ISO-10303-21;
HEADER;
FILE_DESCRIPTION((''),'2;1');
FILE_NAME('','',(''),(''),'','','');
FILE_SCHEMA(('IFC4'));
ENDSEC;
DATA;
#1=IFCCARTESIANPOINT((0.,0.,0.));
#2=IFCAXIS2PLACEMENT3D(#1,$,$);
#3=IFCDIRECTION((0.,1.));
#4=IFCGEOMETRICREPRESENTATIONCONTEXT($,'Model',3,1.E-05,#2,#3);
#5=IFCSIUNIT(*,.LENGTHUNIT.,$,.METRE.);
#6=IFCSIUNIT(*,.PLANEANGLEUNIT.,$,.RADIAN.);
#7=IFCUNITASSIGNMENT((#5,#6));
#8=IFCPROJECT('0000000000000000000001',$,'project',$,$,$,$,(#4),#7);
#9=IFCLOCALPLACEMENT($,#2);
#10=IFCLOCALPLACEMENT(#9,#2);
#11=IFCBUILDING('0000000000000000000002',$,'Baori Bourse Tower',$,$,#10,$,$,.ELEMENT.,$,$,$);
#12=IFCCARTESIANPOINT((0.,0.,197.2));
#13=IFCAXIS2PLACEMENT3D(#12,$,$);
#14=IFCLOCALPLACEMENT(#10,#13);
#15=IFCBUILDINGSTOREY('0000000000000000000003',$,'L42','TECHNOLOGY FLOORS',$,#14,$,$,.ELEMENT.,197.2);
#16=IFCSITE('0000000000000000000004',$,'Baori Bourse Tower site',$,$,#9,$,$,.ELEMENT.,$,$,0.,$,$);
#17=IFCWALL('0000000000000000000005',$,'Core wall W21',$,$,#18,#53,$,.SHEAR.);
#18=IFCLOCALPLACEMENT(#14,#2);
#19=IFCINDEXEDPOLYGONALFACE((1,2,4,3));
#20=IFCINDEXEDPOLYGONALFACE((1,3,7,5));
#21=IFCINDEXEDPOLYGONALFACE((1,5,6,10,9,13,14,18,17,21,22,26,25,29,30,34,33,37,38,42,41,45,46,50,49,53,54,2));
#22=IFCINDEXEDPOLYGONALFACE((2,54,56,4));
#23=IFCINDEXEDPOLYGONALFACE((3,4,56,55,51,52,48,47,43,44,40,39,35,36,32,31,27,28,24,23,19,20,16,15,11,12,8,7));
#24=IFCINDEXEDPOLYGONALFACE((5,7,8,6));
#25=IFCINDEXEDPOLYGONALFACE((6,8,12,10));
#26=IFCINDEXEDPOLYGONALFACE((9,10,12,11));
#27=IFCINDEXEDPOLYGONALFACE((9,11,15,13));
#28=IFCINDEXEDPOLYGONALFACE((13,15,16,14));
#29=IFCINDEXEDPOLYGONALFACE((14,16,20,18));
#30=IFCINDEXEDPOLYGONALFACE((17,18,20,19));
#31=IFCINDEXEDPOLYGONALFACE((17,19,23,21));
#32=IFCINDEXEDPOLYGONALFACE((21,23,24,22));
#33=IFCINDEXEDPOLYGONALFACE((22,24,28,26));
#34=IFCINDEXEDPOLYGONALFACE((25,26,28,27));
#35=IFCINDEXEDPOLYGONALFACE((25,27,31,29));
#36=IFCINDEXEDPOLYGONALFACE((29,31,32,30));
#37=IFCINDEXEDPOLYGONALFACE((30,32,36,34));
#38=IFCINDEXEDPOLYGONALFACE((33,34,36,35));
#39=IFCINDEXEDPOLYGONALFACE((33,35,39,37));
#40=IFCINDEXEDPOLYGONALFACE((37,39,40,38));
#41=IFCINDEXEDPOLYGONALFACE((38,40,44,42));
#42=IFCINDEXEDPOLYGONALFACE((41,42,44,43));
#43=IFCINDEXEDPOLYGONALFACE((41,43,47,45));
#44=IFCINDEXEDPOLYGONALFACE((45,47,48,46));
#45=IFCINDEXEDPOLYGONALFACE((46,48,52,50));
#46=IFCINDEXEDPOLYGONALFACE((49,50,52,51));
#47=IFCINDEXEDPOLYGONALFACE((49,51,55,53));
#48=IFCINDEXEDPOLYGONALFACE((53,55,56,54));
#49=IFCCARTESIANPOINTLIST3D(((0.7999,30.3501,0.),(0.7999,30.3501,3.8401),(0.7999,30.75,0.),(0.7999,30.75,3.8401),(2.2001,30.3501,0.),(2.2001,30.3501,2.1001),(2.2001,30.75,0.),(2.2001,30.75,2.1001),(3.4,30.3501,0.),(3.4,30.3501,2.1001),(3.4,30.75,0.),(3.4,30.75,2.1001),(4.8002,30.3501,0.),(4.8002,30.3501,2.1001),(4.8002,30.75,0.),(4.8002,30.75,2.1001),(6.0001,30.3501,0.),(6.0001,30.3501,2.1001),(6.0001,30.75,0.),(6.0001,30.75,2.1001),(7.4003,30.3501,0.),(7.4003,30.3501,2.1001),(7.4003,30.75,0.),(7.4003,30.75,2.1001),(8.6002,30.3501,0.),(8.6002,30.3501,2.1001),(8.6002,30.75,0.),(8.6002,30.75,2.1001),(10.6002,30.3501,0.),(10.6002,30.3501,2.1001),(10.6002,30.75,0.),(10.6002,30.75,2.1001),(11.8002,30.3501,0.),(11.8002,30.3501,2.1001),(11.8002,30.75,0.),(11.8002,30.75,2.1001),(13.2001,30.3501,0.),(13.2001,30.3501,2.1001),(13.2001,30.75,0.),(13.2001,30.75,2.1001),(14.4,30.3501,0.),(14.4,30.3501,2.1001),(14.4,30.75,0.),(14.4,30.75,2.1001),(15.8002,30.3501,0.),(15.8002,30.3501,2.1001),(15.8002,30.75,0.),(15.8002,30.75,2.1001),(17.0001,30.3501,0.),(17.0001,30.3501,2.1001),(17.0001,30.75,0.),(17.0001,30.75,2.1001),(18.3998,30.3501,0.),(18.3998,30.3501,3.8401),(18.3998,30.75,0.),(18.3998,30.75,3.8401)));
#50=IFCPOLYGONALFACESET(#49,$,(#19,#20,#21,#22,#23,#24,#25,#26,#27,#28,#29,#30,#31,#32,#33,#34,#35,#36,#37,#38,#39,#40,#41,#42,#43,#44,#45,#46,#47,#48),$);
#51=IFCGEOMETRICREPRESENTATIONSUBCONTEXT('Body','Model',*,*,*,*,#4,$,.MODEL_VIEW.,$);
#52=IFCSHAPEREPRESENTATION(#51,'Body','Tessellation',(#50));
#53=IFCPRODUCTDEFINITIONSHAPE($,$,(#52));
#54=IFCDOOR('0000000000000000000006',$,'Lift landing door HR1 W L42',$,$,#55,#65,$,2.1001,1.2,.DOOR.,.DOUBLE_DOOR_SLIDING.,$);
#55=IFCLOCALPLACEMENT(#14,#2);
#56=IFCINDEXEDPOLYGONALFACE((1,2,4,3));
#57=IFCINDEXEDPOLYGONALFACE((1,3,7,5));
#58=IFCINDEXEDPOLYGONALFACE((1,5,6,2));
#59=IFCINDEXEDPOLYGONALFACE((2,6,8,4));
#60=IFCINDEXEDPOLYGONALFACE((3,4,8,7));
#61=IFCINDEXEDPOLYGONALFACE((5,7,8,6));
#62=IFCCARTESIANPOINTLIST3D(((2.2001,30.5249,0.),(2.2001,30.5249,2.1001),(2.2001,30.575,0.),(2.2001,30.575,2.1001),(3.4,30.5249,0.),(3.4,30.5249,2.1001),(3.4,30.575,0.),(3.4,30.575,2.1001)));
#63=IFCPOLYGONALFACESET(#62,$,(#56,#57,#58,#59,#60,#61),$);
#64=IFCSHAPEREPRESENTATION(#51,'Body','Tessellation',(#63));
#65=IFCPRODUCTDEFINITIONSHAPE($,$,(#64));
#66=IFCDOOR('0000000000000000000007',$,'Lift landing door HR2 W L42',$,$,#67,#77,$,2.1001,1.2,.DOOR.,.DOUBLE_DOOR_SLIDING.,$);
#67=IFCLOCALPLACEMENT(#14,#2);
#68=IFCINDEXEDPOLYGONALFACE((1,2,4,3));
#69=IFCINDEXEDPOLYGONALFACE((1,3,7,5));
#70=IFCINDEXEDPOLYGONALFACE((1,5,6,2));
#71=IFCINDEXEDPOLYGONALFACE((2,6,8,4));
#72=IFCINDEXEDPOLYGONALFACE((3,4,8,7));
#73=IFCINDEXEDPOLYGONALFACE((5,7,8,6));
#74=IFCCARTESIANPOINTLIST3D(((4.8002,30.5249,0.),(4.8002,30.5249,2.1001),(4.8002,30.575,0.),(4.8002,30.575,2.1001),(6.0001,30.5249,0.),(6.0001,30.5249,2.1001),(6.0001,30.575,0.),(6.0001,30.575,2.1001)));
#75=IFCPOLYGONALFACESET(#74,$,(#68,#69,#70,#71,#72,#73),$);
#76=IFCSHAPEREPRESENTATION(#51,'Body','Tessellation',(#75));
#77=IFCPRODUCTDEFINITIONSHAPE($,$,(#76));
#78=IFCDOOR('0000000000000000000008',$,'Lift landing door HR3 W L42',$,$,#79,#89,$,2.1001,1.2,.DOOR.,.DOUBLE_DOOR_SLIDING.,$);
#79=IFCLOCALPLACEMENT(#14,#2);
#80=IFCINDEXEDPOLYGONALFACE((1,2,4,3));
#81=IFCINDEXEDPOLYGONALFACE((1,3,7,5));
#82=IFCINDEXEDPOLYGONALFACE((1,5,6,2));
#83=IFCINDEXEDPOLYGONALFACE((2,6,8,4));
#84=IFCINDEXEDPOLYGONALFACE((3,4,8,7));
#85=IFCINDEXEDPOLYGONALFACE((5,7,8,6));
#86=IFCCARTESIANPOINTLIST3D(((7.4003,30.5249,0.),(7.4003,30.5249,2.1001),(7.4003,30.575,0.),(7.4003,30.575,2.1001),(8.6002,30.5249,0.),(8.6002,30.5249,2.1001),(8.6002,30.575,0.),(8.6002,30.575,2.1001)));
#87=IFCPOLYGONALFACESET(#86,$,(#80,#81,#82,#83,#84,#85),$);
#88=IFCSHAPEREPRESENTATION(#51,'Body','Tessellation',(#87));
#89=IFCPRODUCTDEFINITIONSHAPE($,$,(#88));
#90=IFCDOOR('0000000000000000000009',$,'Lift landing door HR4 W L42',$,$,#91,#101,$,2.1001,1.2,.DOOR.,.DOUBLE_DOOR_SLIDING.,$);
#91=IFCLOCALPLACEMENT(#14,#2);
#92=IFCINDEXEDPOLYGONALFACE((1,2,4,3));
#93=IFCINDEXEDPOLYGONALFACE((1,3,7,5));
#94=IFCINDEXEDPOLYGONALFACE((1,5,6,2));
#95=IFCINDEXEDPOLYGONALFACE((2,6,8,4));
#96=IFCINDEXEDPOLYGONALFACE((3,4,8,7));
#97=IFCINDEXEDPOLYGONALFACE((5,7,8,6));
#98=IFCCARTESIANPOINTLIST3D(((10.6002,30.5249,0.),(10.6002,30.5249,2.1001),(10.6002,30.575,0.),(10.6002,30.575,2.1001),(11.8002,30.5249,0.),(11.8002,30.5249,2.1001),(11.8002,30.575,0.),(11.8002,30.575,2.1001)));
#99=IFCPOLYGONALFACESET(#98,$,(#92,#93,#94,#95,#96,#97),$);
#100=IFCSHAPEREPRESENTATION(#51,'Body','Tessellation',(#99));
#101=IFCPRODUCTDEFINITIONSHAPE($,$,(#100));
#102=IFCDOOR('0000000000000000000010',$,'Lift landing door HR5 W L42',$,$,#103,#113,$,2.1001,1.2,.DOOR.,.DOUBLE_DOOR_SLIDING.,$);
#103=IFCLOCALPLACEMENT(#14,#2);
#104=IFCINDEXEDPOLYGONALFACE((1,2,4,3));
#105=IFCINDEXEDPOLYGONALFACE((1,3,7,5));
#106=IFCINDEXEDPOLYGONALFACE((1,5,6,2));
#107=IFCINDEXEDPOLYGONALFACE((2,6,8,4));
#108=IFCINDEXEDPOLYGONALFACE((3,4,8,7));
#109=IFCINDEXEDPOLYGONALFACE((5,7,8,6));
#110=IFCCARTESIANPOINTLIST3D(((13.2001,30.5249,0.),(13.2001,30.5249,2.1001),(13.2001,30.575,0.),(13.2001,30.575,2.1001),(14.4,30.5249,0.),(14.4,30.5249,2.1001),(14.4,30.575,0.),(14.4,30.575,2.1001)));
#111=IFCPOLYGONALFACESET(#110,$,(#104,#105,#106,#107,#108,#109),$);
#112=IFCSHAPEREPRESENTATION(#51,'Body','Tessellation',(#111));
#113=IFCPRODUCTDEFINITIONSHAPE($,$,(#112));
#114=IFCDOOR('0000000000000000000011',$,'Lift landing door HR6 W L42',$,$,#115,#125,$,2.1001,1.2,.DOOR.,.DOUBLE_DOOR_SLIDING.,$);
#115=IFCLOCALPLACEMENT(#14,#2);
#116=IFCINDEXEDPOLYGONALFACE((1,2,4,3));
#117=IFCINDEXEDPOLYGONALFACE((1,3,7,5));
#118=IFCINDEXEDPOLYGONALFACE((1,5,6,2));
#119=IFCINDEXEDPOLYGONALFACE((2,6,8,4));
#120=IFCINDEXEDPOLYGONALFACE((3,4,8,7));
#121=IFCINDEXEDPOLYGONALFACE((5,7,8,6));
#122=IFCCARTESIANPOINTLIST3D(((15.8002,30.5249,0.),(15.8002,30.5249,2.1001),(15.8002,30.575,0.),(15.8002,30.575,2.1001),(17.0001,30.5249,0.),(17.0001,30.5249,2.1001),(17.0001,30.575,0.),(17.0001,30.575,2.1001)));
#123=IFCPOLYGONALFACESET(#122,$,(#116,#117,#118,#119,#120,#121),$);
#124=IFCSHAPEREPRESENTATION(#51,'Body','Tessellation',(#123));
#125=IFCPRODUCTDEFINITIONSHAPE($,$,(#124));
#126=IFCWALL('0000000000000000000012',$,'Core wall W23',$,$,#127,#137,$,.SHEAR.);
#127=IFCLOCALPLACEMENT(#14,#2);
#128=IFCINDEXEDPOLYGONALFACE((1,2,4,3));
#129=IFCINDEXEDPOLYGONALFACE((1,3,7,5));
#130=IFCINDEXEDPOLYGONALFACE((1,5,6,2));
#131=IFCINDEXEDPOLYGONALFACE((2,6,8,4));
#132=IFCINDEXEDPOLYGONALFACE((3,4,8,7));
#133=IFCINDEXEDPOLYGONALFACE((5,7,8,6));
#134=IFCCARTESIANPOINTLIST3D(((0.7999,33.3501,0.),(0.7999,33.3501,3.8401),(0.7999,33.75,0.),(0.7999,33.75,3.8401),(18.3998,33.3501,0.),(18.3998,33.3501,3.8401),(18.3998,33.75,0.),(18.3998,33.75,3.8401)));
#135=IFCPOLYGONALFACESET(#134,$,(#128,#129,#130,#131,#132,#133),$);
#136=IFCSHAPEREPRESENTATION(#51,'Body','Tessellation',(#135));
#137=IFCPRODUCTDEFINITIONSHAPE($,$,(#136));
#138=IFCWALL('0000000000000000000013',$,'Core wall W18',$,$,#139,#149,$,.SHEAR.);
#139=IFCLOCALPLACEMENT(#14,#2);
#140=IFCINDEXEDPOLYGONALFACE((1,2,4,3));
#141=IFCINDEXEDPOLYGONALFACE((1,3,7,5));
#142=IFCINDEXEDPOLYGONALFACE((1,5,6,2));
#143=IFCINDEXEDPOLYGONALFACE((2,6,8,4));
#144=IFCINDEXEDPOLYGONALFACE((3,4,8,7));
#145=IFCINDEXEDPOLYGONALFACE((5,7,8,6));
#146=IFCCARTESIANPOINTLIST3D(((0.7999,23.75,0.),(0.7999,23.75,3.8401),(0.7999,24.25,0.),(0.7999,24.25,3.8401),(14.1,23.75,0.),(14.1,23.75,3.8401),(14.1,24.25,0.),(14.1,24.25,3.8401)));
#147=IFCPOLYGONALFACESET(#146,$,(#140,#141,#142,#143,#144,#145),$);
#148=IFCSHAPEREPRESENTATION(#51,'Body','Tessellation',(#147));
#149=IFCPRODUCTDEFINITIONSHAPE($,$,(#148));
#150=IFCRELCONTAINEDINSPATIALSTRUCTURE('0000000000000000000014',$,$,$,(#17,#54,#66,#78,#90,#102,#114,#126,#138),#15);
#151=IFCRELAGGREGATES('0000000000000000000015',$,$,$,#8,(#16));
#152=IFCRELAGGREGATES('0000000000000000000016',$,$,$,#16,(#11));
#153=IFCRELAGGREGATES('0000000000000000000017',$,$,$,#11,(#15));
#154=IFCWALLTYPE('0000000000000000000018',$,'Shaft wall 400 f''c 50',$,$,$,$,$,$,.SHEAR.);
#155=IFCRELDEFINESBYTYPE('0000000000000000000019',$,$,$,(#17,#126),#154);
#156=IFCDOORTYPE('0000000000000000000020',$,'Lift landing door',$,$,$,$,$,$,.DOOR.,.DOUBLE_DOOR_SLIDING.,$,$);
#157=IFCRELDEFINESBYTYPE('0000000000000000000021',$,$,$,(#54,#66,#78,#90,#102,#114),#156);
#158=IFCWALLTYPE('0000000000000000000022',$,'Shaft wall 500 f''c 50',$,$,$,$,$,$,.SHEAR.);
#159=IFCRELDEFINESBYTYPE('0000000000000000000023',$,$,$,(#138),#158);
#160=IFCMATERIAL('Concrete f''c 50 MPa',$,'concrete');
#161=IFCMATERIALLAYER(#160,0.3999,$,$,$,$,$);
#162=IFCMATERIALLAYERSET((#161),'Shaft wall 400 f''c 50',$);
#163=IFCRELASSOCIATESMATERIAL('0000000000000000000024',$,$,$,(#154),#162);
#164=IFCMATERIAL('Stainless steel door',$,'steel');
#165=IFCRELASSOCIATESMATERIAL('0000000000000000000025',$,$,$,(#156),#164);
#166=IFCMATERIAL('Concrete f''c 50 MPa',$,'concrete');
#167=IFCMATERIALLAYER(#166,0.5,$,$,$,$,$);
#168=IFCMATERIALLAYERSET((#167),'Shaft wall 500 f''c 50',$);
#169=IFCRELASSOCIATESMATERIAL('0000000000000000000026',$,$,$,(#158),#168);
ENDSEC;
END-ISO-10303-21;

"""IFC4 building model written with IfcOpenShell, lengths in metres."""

from ifc_helpers import new_model, si_unit, direction, frame, frame_2d, origin, place, context, subcontext, project, spatial, rectangle, extrude, material, layer, layer_set, type_object, element, fill, save


model = new_model("IFC4")

# Units and contexts
model_context = context("Model", 3, precision=1e-05, world=origin(), true_north=direction((0.0, 1.0)))
body_context = subcontext(model_context, "Body", "Model", "MODEL_VIEW")
ifc_project = project(units=[si_unit("LENGTHUNIT", "METRE"), si_unit("PLANEANGLEUNIT", "RADIAN")], contexts=[model_context])

# Site, building, storey
site_placement = place(None, origin())
site = spatial("IfcSite", under=ifc_project, at=site_placement, Name="Baori Bourse Tower site", CompositionType="ELEMENT", RefElevation=0.0)
building_placement = place(site_placement, origin())
building = spatial("IfcBuilding", under=site, at=building_placement, Name="Baori Bourse Tower", CompositionType="ELEMENT")
storey_placement = place(building_placement, frame((0.0, 0.0, 197.2)))
storey = spatial("IfcBuildingStorey", under=building, at=storey_placement, Name="L42", Description="TECHNOLOGY FLOORS", CompositionType="ELEMENT", Elevation=197.2)

# Wall, openings, doors
ifc_material_1 = material(Name="Concrete f'c 50 MPa", Category="concrete")
ifc_layer_1 = layer(ifc_material_1, 0.3999)
ifc_layer_set_1 = layer_set([ifc_layer_1], Name="Shaft wall 400 f'c 50")
wall_type_1 = type_object("IfcWallType", Name="Shaft wall 400 f'c 50", PredefinedType="SHEAR", material=ifc_layer_set_1)
ifc_material_2 = material(Name="Stainless steel door", Category="steel")
door_type_1 = type_object("IfcDoorType", Name="Lift landing door", OperationType="DOUBLE_DOOR_SLIDING", PredefinedType="DOOR", material=ifc_material_2)
wall_1_placement = place(storey_placement, frame((0.8, 30.55, 0.0), z_axis=(0.0, 0.0, 1.0), x_axis=(1.0, 0.0, 0.0)))
wall_1 = element("IfcWall", 1, at=wall_1_placement, inside=storey, type_object=wall_type_1, Name="Core wall W21", PredefinedType="SHEAR", context=body_context, shape_type="SweptSolid", body=[
    extrude(rectangle(XDim=17.5999, YDim=0.3999, at=frame_2d((8.7998, 0.0))), origin(), (0.0, 0.0, 1.0), 3.8401),
])
opening_1_placement = place(wall_1_placement, frame((1.3999, 0.0, 0.0)))
opening_1 = element("IfcOpeningElement", 2, at=opening_1_placement, cuts=wall_1, PredefinedType="OPENING", context=body_context, shape_type="SweptSolid", body=[
    extrude(rectangle(XDim=1.2, YDim=2.1001, at=frame_2d((0.6001, 1.05))), frame((0.0, 0.21, 0.0), z_axis=(0.0, -1.0, 0.0), x_axis=(1.0, 0.0, 0.0)), (0.0, 0.0, 1.0), 0.4199),
])
opening_2_placement = place(wall_1_placement, frame((4.0, 0.0, 0.0)))
opening_2 = element("IfcOpeningElement", 3, at=opening_2_placement, cuts=wall_1, PredefinedType="OPENING", context=body_context, shape_type="SweptSolid", body=[
    extrude(rectangle(XDim=1.2, YDim=2.1001, at=frame_2d((0.6001, 1.05))), frame((0.0, 0.21, 0.0), z_axis=(0.0, -1.0, 0.0), x_axis=(1.0, 0.0, 0.0)), (0.0, 0.0, 1.0), 0.4199),
])
opening_3_placement = place(wall_1_placement, frame((6.6001, 0.0, 0.0)))
opening_3 = element("IfcOpeningElement", 4, at=opening_3_placement, cuts=wall_1, PredefinedType="OPENING", context=body_context, shape_type="SweptSolid", body=[
    extrude(rectangle(XDim=1.2, YDim=2.1001, at=frame_2d((0.6001, 1.05))), frame((0.0, 0.21, 0.0), z_axis=(0.0, -1.0, 0.0), x_axis=(1.0, 0.0, 0.0)), (0.0, 0.0, 1.0), 0.4199),
])
opening_4_placement = place(wall_1_placement, frame((9.8, 0.0, 0.0)))
opening_4 = element("IfcOpeningElement", 5, at=opening_4_placement, cuts=wall_1, PredefinedType="OPENING", context=body_context, shape_type="SweptSolid", body=[
    extrude(rectangle(XDim=1.2, YDim=2.1001, at=frame_2d((0.6001, 1.05))), frame((0.0, 0.21, 0.0), z_axis=(0.0, -1.0, 0.0), x_axis=(1.0, 0.0, 0.0)), (0.0, 0.0, 1.0), 0.4199),
])
opening_5_placement = place(wall_1_placement, frame((12.3999, 0.0, 0.0)))
opening_5 = element("IfcOpeningElement", 6, at=opening_5_placement, cuts=wall_1, PredefinedType="OPENING", context=body_context, shape_type="SweptSolid", body=[
    extrude(rectangle(XDim=1.2, YDim=2.1001, at=frame_2d((0.6001, 1.05))), frame((0.0, 0.21, 0.0), z_axis=(0.0, -1.0, 0.0), x_axis=(1.0, 0.0, 0.0)), (0.0, 0.0, 1.0), 0.4199),
])
opening_6_placement = place(wall_1_placement, frame((15.0, 0.0, 0.0)))
opening_6 = element("IfcOpeningElement", 7, at=opening_6_placement, cuts=wall_1, PredefinedType="OPENING", context=body_context, shape_type="SweptSolid", body=[
    extrude(rectangle(XDim=1.2, YDim=2.1001, at=frame_2d((0.6001, 1.05))), frame((0.0, 0.21, 0.0), z_axis=(0.0, -1.0, 0.0), x_axis=(1.0, 0.0, 0.0)), (0.0, 0.0, 1.0), 0.4199),
])
door_1_placement = place(opening_1_placement, origin())
door_1 = element("IfcDoor", 8, at=door_1_placement, inside=storey, type_object=door_type_1, Name="Lift landing door HR1 W L42", OperationType="DOUBLE_DOOR_SLIDING", OverallHeight=2.1001, OverallWidth=1.2, PredefinedType="DOOR", context=body_context, shape_type="SweptSolid", body=[
    extrude(rectangle(XDim=1.2, YDim=2.1001, at=frame_2d((0.6001, 1.05))), frame((0.0, 0.0249, 0.0), z_axis=(0.0, -1.0, 0.0), x_axis=(1.0, 0.0, 0.0)), (0.0, 0.0, 1.0), 0.05),
])
fill(opening_1, door_1)
door_2_placement = place(opening_2_placement, origin())
door_2 = element("IfcDoor", 9, at=door_2_placement, inside=storey, type_object=door_type_1, Name="Lift landing door HR2 W L42", OperationType="DOUBLE_DOOR_SLIDING", OverallHeight=2.1001, OverallWidth=1.2, PredefinedType="DOOR", context=body_context, shape_type="SweptSolid", body=[
    extrude(rectangle(XDim=1.2, YDim=2.1001, at=frame_2d((0.6001, 1.05))), frame((0.0, 0.0249, 0.0), z_axis=(0.0, -1.0, 0.0), x_axis=(1.0, 0.0, 0.0)), (0.0, 0.0, 1.0), 0.05),
])
fill(opening_2, door_2)
door_3_placement = place(opening_3_placement, origin())
door_3 = element("IfcDoor", 10, at=door_3_placement, inside=storey, type_object=door_type_1, Name="Lift landing door HR3 W L42", OperationType="DOUBLE_DOOR_SLIDING", OverallHeight=2.1001, OverallWidth=1.2, PredefinedType="DOOR", context=body_context, shape_type="SweptSolid", body=[
    extrude(rectangle(XDim=1.2, YDim=2.1001, at=frame_2d((0.6001, 1.05))), frame((0.0, 0.0249, 0.0), z_axis=(0.0, -1.0, 0.0), x_axis=(1.0, 0.0, 0.0)), (0.0, 0.0, 1.0), 0.05),
])
fill(opening_3, door_3)
door_4_placement = place(opening_4_placement, origin())
door_4 = element("IfcDoor", 11, at=door_4_placement, inside=storey, type_object=door_type_1, Name="Lift landing door HR4 W L42", OperationType="DOUBLE_DOOR_SLIDING", OverallHeight=2.1001, OverallWidth=1.2, PredefinedType="DOOR", context=body_context, shape_type="SweptSolid", body=[
    extrude(rectangle(XDim=1.2, YDim=2.1001, at=frame_2d((0.6001, 1.05))), frame((0.0, 0.0249, 0.0), z_axis=(0.0, -1.0, 0.0), x_axis=(1.0, 0.0, 0.0)), (0.0, 0.0, 1.0), 0.05),
])
fill(opening_4, door_4)
door_5_placement = place(opening_5_placement, origin())
door_5 = element("IfcDoor", 12, at=door_5_placement, inside=storey, type_object=door_type_1, Name="Lift landing door HR5 W L42", OperationType="DOUBLE_DOOR_SLIDING", OverallHeight=2.1001, OverallWidth=1.2, PredefinedType="DOOR", context=body_context, shape_type="SweptSolid", body=[
    extrude(rectangle(XDim=1.2, YDim=2.1001, at=frame_2d((0.6001, 1.05))), frame((0.0, 0.0249, 0.0), z_axis=(0.0, -1.0, 0.0), x_axis=(1.0, 0.0, 0.0)), (0.0, 0.0, 1.0), 0.05),
])
fill(opening_5, door_5)
door_6_placement = place(opening_6_placement, origin())
door_6 = element("IfcDoor", 13, at=door_6_placement, inside=storey, type_object=door_type_1, Name="Lift landing door HR6 W L42", OperationType="DOUBLE_DOOR_SLIDING", OverallHeight=2.1001, OverallWidth=1.2, PredefinedType="DOOR", context=body_context, shape_type="SweptSolid", body=[
    extrude(rectangle(XDim=1.2, YDim=2.1001, at=frame_2d((0.6001, 1.05))), frame((0.0, 0.0249, 0.0), z_axis=(0.0, -1.0, 0.0), x_axis=(1.0, 0.0, 0.0)), (0.0, 0.0, 1.0), 0.05),
])
fill(opening_6, door_6)

# Walls
wall_2_placement = place(storey_placement, frame((0.8, 33.55, 0.0), z_axis=(0.0, 0.0, 1.0), x_axis=(1.0, 0.0, 0.0)))
element("IfcWall", 14, at=wall_2_placement, inside=storey, type_object=wall_type_1, Name="Core wall W23", PredefinedType="SHEAR", context=body_context, shape_type="SweptSolid", body=[
    extrude(rectangle(XDim=17.5999, YDim=0.3999, at=frame_2d((8.7998, 0.0))), origin(), (0.0, 0.0, 1.0), 3.8401),
])
ifc_material_3 = material(Name="Concrete f'c 50 MPa", Category="concrete")
ifc_layer_2 = layer(ifc_material_3, 0.5)
ifc_layer_set_2 = layer_set([ifc_layer_2], Name="Shaft wall 500 f'c 50")
wall_type_2 = type_object("IfcWallType", Name="Shaft wall 500 f'c 50", PredefinedType="SHEAR", material=ifc_layer_set_2)
wall_3_placement = place(storey_placement, frame((0.8, 24.0, 0.0), z_axis=(0.0, 0.0, 1.0), x_axis=(1.0, 0.0, 0.0)))
element("IfcWall", 15, at=wall_3_placement, inside=storey, type_object=wall_type_2, Name="Core wall W18", PredefinedType="SHEAR", context=body_context, shape_type="SweptSolid", body=[
    extrude(rectangle(XDim=13.3, YDim=0.5, at=frame_2d((6.6499, 0.0))), origin(), (0.0, 0.0, 1.0), 3.8401),
])

save(model, "model.ifc")
